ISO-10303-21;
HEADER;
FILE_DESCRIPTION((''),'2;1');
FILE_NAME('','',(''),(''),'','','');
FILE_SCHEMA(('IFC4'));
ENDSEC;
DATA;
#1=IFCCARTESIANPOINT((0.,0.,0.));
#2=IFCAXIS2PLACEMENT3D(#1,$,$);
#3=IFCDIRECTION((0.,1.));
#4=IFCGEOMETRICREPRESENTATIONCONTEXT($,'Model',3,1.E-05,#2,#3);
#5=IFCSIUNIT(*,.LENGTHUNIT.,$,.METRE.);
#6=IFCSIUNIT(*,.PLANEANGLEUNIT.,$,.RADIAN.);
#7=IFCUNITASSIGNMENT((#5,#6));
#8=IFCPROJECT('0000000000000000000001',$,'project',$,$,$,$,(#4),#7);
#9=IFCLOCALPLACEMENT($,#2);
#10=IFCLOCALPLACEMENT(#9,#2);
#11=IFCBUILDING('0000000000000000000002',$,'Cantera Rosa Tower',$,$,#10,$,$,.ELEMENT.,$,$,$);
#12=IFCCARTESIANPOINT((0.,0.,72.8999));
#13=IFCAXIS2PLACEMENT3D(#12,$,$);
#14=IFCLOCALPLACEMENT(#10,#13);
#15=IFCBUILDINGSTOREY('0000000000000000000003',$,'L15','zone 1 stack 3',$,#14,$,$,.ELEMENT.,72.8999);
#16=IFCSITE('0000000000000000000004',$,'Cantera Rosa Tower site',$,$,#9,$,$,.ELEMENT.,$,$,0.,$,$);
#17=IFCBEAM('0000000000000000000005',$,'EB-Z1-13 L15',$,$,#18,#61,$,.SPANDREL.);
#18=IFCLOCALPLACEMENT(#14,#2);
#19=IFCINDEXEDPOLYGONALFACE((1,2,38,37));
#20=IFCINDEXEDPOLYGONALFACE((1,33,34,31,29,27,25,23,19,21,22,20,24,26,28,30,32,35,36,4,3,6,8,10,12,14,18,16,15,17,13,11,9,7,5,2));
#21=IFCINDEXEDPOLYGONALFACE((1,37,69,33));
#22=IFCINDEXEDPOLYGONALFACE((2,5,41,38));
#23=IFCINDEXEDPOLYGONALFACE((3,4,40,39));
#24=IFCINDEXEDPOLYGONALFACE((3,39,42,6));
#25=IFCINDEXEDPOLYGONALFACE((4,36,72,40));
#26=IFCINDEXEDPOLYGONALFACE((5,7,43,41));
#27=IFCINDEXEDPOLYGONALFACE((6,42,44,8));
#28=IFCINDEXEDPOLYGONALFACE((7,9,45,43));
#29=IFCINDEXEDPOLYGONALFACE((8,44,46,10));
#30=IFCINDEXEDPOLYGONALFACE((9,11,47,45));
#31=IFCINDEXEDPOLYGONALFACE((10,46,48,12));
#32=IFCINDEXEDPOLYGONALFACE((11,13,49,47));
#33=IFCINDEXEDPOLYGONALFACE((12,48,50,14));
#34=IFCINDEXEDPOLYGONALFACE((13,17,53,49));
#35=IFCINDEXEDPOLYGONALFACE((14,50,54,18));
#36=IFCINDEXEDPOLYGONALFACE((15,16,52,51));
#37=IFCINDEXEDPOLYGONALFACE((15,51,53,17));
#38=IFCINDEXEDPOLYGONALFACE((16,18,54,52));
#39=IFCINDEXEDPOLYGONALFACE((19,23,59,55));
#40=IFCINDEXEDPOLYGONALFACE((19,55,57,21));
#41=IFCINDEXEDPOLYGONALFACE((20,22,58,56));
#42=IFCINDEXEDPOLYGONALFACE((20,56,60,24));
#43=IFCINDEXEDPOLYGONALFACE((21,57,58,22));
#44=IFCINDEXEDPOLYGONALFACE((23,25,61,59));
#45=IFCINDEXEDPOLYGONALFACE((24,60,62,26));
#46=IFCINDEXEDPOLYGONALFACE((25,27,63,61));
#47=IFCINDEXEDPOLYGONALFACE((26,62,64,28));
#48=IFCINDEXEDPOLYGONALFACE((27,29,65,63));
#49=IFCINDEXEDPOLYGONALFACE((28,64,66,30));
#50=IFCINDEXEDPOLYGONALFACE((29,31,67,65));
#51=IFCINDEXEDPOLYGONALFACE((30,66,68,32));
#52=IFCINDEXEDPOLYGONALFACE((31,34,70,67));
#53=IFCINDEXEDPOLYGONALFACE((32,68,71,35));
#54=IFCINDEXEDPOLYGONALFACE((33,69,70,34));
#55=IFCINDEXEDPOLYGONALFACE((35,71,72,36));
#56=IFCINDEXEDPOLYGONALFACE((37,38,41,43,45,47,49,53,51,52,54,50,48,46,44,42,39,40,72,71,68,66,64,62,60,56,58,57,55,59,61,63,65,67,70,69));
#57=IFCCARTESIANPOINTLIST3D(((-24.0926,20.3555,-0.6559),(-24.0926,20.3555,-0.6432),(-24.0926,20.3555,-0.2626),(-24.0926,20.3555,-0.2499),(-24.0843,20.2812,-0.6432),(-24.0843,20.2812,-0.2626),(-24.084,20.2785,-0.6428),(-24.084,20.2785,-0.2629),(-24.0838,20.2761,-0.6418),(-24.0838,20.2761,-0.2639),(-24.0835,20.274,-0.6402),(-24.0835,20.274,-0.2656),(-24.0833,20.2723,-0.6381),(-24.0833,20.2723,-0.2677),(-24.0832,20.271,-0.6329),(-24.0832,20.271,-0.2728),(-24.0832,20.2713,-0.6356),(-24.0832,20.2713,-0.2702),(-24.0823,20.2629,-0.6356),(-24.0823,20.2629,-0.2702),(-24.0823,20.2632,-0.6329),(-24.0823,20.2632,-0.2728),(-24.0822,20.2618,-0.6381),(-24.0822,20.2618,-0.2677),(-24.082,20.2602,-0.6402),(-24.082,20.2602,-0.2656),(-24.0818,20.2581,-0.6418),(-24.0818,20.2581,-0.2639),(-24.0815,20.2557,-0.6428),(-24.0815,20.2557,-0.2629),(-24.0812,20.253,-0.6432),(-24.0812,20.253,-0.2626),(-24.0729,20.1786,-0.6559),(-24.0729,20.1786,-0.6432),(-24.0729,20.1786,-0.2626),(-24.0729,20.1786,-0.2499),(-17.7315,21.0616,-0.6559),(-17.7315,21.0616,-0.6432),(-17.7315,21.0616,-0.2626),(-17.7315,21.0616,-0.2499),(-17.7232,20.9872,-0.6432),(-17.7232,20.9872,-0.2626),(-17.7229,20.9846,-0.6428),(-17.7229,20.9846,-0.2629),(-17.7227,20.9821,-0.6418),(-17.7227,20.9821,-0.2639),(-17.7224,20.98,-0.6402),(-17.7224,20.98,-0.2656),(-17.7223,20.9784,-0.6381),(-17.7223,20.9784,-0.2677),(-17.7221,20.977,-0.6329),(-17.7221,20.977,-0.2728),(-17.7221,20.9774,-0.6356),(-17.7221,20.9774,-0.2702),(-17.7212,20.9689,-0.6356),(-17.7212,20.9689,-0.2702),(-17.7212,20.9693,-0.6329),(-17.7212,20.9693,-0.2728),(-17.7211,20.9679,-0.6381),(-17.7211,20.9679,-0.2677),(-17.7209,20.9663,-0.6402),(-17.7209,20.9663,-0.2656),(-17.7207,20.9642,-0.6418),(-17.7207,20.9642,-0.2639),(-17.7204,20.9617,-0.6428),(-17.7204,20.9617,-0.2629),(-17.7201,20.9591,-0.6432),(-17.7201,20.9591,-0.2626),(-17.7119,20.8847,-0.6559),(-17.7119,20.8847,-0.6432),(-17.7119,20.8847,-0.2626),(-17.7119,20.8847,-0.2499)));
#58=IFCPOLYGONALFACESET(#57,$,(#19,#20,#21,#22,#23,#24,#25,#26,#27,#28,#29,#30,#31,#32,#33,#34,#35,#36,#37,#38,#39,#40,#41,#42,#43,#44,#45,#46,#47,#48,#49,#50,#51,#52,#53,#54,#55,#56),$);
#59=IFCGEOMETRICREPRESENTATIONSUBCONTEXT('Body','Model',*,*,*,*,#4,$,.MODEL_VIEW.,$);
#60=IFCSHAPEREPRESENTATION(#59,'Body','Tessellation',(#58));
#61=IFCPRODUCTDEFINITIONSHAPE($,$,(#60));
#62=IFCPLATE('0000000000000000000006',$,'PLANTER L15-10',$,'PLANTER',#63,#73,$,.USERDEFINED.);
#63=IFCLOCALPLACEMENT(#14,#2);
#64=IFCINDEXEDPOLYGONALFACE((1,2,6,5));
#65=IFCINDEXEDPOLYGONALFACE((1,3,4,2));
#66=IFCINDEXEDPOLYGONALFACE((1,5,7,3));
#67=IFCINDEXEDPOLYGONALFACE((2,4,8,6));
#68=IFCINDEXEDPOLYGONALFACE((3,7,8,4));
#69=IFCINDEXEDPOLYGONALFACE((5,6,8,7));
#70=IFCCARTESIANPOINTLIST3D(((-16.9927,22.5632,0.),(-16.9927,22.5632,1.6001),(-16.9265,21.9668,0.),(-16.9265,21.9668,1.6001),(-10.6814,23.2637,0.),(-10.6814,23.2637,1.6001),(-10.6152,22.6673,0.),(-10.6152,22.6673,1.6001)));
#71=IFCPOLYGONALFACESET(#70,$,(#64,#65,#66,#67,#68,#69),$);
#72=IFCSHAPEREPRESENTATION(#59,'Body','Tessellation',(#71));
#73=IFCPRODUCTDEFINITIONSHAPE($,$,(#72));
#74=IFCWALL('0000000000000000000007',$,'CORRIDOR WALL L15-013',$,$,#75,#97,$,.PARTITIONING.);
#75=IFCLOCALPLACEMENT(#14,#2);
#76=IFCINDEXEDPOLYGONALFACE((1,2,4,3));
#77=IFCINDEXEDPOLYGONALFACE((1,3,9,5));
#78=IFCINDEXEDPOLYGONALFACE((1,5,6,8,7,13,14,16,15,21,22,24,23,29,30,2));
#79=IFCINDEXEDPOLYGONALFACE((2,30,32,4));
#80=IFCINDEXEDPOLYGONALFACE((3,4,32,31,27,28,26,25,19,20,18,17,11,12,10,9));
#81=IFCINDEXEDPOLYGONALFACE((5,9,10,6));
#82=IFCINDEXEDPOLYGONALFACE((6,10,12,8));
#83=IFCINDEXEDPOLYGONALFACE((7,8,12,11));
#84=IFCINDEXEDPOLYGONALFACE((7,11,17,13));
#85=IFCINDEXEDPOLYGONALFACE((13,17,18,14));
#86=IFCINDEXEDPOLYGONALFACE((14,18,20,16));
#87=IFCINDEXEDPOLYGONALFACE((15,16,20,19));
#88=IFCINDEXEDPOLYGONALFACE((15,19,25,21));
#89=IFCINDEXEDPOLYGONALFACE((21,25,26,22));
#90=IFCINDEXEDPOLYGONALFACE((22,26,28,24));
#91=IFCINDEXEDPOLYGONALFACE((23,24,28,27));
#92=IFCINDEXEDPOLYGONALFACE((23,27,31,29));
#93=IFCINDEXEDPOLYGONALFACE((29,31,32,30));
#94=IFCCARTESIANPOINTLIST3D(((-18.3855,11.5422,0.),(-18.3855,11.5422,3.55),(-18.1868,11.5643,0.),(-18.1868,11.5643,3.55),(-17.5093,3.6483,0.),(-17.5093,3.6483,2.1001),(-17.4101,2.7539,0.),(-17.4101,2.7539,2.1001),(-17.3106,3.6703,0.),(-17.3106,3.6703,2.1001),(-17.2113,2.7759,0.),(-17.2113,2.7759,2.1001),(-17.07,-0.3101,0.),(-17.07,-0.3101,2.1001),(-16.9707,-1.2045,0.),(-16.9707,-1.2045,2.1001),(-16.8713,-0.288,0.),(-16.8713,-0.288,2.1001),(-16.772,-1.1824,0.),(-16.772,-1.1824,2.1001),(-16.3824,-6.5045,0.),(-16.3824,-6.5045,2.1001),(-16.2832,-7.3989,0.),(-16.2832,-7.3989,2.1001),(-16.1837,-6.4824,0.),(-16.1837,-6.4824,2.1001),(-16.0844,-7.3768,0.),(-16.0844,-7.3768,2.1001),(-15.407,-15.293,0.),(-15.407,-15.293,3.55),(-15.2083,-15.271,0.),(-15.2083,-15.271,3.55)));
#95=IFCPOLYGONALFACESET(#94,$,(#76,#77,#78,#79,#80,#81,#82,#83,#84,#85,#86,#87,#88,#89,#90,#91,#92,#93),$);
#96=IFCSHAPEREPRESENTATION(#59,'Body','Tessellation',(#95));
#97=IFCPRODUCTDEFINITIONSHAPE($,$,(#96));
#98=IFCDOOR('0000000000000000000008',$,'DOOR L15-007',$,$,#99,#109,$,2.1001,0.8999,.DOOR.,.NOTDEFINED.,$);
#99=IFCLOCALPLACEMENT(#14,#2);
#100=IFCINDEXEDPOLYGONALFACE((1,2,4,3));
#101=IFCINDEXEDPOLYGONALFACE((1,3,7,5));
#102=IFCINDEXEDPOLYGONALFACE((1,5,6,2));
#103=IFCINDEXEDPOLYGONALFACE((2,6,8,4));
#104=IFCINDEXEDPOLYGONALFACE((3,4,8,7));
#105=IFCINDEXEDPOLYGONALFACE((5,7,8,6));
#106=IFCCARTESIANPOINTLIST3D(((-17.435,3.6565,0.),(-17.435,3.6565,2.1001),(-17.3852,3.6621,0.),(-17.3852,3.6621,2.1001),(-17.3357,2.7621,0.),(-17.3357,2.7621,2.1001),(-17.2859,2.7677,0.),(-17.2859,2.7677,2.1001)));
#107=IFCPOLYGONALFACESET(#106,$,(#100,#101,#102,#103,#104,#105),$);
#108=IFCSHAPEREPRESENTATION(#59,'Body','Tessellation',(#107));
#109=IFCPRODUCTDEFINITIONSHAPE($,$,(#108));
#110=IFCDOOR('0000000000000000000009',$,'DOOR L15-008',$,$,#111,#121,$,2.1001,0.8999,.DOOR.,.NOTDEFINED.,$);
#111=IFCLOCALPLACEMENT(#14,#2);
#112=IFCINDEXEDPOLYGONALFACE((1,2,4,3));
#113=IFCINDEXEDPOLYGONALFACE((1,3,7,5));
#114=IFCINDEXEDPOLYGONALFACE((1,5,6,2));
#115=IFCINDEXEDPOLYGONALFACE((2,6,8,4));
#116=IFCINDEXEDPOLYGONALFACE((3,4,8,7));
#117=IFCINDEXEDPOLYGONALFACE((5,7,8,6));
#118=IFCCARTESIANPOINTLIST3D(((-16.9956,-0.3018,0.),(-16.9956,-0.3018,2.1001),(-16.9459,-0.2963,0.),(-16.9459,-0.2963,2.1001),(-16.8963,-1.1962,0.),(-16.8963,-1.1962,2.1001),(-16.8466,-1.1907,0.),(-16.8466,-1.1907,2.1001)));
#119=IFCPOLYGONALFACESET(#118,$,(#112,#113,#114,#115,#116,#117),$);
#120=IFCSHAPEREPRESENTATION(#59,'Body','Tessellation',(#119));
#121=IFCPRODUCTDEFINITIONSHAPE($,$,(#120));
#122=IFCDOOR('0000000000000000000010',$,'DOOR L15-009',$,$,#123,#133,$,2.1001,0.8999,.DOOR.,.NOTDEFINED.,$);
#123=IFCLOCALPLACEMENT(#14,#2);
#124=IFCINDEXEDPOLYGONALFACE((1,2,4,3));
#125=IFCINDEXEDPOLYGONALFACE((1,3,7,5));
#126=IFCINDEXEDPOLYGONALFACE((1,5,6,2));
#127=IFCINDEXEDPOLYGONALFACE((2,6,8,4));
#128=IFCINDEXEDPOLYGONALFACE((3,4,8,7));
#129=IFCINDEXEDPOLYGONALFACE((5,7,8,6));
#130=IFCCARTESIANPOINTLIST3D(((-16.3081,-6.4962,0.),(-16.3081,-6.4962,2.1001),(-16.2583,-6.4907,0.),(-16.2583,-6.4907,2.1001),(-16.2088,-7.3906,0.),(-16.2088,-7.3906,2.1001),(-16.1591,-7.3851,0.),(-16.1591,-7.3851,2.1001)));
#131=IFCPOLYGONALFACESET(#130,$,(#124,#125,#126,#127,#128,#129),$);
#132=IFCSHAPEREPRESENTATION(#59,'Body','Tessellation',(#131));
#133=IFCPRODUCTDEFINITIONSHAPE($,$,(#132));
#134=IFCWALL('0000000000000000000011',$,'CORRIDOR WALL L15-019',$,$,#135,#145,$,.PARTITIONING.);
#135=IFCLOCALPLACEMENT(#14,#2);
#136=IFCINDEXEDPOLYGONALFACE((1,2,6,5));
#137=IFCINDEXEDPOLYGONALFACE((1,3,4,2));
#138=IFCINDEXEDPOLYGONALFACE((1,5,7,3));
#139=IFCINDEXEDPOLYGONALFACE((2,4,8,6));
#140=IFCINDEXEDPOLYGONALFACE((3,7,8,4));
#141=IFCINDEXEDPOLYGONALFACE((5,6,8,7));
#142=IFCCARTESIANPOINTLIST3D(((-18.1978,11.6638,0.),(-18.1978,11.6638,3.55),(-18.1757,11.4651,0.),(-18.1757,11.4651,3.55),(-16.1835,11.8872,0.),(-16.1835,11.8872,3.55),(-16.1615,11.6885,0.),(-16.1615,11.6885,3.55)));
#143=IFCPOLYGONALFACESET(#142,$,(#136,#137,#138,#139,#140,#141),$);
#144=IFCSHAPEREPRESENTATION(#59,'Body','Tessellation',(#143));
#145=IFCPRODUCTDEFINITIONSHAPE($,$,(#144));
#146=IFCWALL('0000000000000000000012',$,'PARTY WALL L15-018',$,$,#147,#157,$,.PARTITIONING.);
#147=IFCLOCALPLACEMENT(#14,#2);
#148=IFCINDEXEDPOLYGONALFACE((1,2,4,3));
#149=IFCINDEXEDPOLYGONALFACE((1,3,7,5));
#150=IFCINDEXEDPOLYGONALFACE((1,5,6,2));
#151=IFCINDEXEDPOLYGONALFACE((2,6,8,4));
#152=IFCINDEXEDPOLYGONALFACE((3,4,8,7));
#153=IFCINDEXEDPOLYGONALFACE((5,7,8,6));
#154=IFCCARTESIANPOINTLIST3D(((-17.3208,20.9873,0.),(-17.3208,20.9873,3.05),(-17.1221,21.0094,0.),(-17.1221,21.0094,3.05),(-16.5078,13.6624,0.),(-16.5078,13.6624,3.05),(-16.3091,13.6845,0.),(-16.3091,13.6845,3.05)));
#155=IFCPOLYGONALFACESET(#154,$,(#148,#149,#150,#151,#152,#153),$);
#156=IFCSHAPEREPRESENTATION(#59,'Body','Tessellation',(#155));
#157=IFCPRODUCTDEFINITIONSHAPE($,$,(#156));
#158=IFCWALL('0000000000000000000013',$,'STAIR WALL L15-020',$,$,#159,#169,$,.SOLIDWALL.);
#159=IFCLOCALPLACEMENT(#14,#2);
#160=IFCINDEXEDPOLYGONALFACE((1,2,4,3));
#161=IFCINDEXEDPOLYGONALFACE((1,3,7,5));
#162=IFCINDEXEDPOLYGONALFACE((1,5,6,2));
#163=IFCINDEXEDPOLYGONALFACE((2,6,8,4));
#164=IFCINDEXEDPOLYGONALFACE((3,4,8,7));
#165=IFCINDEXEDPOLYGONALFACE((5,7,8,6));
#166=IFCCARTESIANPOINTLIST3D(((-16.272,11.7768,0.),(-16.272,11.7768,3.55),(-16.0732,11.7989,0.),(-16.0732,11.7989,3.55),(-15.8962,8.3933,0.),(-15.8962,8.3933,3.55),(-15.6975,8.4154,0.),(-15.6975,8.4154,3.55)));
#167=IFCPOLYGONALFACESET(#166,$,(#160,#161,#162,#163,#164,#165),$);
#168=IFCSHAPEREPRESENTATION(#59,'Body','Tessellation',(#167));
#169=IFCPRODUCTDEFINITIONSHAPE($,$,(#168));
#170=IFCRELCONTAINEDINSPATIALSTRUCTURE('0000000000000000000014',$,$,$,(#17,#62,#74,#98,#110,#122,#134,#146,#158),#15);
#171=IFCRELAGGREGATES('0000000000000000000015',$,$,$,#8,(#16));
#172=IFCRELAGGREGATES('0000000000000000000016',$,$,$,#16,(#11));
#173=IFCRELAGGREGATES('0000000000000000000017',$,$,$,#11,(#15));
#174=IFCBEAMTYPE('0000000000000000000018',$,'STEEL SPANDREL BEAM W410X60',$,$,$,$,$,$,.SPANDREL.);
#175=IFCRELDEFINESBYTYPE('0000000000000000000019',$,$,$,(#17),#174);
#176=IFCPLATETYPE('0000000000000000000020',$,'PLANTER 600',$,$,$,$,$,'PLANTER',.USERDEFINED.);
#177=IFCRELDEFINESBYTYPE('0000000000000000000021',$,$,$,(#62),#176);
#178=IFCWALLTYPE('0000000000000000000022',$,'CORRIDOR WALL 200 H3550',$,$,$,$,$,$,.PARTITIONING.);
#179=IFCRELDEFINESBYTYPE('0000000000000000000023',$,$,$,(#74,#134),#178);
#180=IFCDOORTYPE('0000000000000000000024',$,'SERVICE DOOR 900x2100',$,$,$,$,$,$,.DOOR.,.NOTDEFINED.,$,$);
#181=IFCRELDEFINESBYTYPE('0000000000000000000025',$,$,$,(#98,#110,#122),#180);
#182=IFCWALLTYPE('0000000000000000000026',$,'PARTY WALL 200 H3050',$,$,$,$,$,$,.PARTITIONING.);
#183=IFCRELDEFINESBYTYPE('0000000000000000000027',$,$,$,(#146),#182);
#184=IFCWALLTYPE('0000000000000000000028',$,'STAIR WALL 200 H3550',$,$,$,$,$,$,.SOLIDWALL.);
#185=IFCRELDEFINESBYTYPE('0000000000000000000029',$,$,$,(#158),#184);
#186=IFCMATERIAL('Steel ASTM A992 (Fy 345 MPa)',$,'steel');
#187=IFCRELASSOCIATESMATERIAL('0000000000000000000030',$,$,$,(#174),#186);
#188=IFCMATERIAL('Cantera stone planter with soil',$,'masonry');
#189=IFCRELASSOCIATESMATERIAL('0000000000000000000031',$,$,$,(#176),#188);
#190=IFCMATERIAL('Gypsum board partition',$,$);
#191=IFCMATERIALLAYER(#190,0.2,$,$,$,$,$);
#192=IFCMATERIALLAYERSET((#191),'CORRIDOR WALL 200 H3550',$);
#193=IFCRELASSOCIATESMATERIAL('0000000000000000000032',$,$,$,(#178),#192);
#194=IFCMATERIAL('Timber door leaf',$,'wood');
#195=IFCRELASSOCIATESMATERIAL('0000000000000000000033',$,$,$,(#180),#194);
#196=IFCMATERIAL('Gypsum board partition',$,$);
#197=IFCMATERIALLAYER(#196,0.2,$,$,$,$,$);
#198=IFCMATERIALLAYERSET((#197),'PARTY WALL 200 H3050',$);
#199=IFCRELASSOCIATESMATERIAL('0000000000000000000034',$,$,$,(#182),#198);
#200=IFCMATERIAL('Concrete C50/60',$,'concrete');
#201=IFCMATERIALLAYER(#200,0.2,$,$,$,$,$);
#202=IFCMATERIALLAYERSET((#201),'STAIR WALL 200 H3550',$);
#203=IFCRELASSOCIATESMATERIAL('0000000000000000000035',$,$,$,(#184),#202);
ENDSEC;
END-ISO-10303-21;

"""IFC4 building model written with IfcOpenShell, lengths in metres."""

from ifc_helpers import new_model, si_unit, direction, frame, frame_2d, origin, origin_2d, place, context, subcontext, project, spatial, rectangle, i_section, extrude, material, layer, layer_set, material_profile, profile_set, type_object, element, fill, save


model = new_model("IFC4")

# Units and contexts
model_context = context("Model", 3, precision=1e-05, world=origin(), true_north=direction((0.0, 1.0)))
body_context = subcontext(model_context, "Body", "Model", "MODEL_VIEW")
ifc_project = project(units=[si_unit("LENGTHUNIT", "METRE"), si_unit("PLANEANGLEUNIT", "RADIAN")], contexts=[model_context])

# Site, building, storey
site_placement = place(None, origin())
site = spatial("IfcSite", under=ifc_project, at=site_placement, Name="Cantera Rosa Tower site", CompositionType="ELEMENT", RefElevation=0.0)
building_placement = place(site_placement, origin())
building = spatial("IfcBuilding", under=site, at=building_placement, Name="Cantera Rosa Tower", CompositionType="ELEMENT")
storey_placement = place(building_placement, frame((0.0, 0.0, 72.8999)))
storey = spatial("IfcBuildingStorey", under=building, at=storey_placement, Name="L15", Description="zone 1 stack 3", CompositionType="ELEMENT", Elevation=72.8999)

# Beam
ifc_material_1 = material(Name="Steel ASTM A992 (Fy 345 MPa)", Category="steel")
ifc_material_profile_1 = material_profile(ifc_material_1, i_section(OverallWidth=0.178, OverallDepth=0.406, WebThickness=0.0078, FlangeThickness=0.0127, FilletRadius=0.0103, at=origin_2d()), Name="W410X60")
ifc_profile_set_1 = profile_set([ifc_material_profile_1], Name="Steel ASTM A992 (Fy 345 MPa)")
beam_type_1 = type_object("IfcBeamType", Name="STEEL SPANDREL BEAM W410X60", PredefinedType="SPANDREL", material=ifc_profile_set_1)
beam_1_placement = place(storey_placement, frame((-17.7217, 20.9731, -0.4529), z_axis=(-0.993896, -0.110318, 0.0), x_axis=(0.110318, -0.993896, 0.0)))
element("IfcBeam", 1, at=beam_1_placement, inside=storey, type_object=beam_type_1, Name="EB-Z1-13 L15", PredefinedType="SPANDREL", context=body_context, shape_type="SweptSolid", body=[
    extrude(i_section(OverallWidth=0.178, OverallDepth=0.406, WebThickness=0.0078, FlangeThickness=0.0127, FilletRadius=0.0103, at=origin_2d()), origin(), (0.0, 0.0, 1.0), 6.4001),
])

# Plate
ifc_material_2 = material(Name="Cantera stone planter with soil", Category="masonry")
plate_type = type_object("IfcPlateType", Name="PLANTER 600", ElementType="PLANTER", PredefinedType="USERDEFINED", material=ifc_material_2)
plate_placement = place(storey_placement, frame((-13.804, 22.6152, 0.0), z_axis=(0.0, 0.0, 1.0), x_axis=(-0.993897, -0.110313, 0.0)))
element("IfcPlate", 2, at=plate_placement, inside=storey, type_object=plate_type, Name="PLANTER L15-10", ObjectType="PLANTER", PredefinedType="USERDEFINED", context=body_context, shape_type="SweptSolid", body=[
    extrude(rectangle(XDim=6.3501, YDim=0.6001, at=origin_2d()), origin(), (0.0, 0.0, 1.0), 1.6001),
])

# Wall, openings, doors
ifc_material_3 = material(Name="Gypsum board partition")
ifc_layer_1 = layer(ifc_material_3, 0.2)
ifc_layer_set_1 = layer_set([ifc_layer_1], Name="CORRIDOR WALL 200 H3550")
wall_type_1 = type_object("IfcWallType", Name="CORRIDOR WALL 200 H3550", PredefinedType="PARTITIONING", material=ifc_layer_set_1)
wall_1_placement = place(storey_placement, frame((-18.2861, 11.5532, 0.0), z_axis=(0.0, 0.0, 1.0), x_axis=(0.110315, -0.993897, 0.0)))
wall_1 = element("IfcWall", 3, at=wall_1_placement, inside=storey, type_object=wall_type_1, Name="CORRIDOR WALL L15-013", PredefinedType="PARTITIONING", context=body_context, shape_type="SweptSolid", body=[
    extrude(rectangle(XDim=27.0, YDim=0.2, at=frame_2d((13.5, 0.0))), origin(), (0.0, 0.0, 1.0), 3.55),
])
opening_1_placement = place(wall_1_placement, frame((7.9424, 0.0, 0.0)))
opening_1 = element("IfcOpeningElement", 4, at=opening_1_placement, cuts=wall_1, PredefinedType="OPENING", context=body_context, shape_type="SweptSolid", body=[
    extrude(rectangle(XDim=0.8999, YDim=2.1001, at=frame_2d((0.45, 1.05))), frame((0.0, 0.1099, 0.0), z_axis=(0.0, -1.0, 0.0), x_axis=(1.0, 0.0, 0.0)), (0.0, 0.0, 1.0), 0.22),
])
opening_2_placement = place(wall_1_placement, frame((11.925, 0.0, 0.0)))
opening_2 = element("IfcOpeningElement", 5, at=opening_2_placement, cuts=wall_1, PredefinedType="OPENING", context=body_context, shape_type="SweptSolid", body=[
    extrude(rectangle(XDim=0.8999, YDim=2.1001, at=frame_2d((0.45, 1.05))), frame((0.0, 0.1099, 0.0), z_axis=(0.0, -1.0, 0.0), x_axis=(1.0, 0.0, 0.0)), (0.0, 0.0, 1.0), 0.22),
])
opening_3_placement = place(wall_1_placement, frame((18.1575, 0.0, 0.0)))
opening_3 = element("IfcOpeningElement", 6, at=opening_3_placement, cuts=wall_1, PredefinedType="OPENING", context=body_context, shape_type="SweptSolid", body=[
    extrude(rectangle(XDim=0.8999, YDim=2.1001, at=frame_2d((0.45, 1.05))), frame((0.0, 0.1099, 0.0), z_axis=(0.0, -1.0, 0.0), x_axis=(1.0, 0.0, 0.0)), (0.0, 0.0, 1.0), 0.22),
])
ifc_material_4 = material(Name="Timber door leaf", Category="wood")
door_type_1 = type_object("IfcDoorType", Name="SERVICE DOOR 900x2100", OperationType="NOTDEFINED", PredefinedType="DOOR", material=ifc_material_4)
door_1_placement = place(opening_1_placement, origin())
door_1 = element("IfcDoor", 7, at=door_1_placement, inside=storey, type_object=door_type_1, Name="DOOR L15-007", OperationType="NOTDEFINED", OverallHeight=2.1001, OverallWidth=0.8999, PredefinedType="DOOR", context=body_context, shape_type="SweptSolid", body=[
    extrude(rectangle(XDim=0.8999, YDim=2.1001, at=frame_2d((0.45, 1.05))), frame((0.0, 0.0249, 0.0), z_axis=(0.0, -1.0, 0.0), x_axis=(1.0, 0.0, 0.0)), (0.0, 0.0, 1.0), 0.05),
])
fill(opening_1, door_1)
door_2_placement = place(opening_2_placement, origin())
door_2 = element("IfcDoor", 8, at=door_2_placement, inside=storey, type_object=door_type_1, Name="DOOR L15-008", OperationType="NOTDEFINED", OverallHeight=2.1001, OverallWidth=0.8999, PredefinedType="DOOR", context=body_context, shape_type="SweptSolid", body=[
    extrude(rectangle(XDim=0.8999, YDim=2.1001, at=frame_2d((0.45, 1.05))), frame((0.0, 0.0249, 0.0), z_axis=(0.0, -1.0, 0.0), x_axis=(1.0, 0.0, 0.0)), (0.0, 0.0, 1.0), 0.05),
])
fill(opening_2, door_2)
door_3_placement = place(opening_3_placement, origin())
door_3 = element("IfcDoor", 9, at=door_3_placement, inside=storey, type_object=door_type_1, Name="DOOR L15-009", OperationType="NOTDEFINED", OverallHeight=2.1001, OverallWidth=0.8999, PredefinedType="DOOR", context=body_context, shape_type="SweptSolid", body=[
    extrude(rectangle(XDim=0.8999, YDim=2.1001, at=frame_2d((0.45, 1.05))), frame((0.0, 0.0249, 0.0), z_axis=(0.0, -1.0, 0.0), x_axis=(1.0, 0.0, 0.0)), (0.0, 0.0, 1.0), 0.05),
])
fill(opening_3, door_3)

# Wall
wall_2_placement = place(storey_placement, frame((-16.1726, 11.7878, 0.0), z_axis=(0.0, 0.0, 1.0), x_axis=(-0.993906, -0.110233, 0.0)))
element("IfcWall", 10, at=wall_2_placement, inside=storey, type_object=wall_type_1, Name="CORRIDOR WALL L15-019", PredefinedType="PARTITIONING", context=body_context, shape_type="SweptSolid", body=[
    extrude(rectangle(XDim=2.0266, YDim=0.2, at=frame_2d((1.0132, 0.0))), origin(), (0.0, 0.0, 1.0), 3.55),
])

# Walls
ifc_material_5 = material(Name="Gypsum board partition")
ifc_layer_2 = layer(ifc_material_5, 0.2)
ifc_layer_set_2 = layer_set([ifc_layer_2], Name="PARTY WALL 200 H3050")
wall_type_2 = type_object("IfcWallType", Name="PARTY WALL 200 H3050", PredefinedType="PARTITIONING", material=ifc_layer_set_2)
wall_3_placement = place(storey_placement, frame((-16.4084, 13.6733, 0.0), z_axis=(0.0, 0.0, 1.0), x_axis=(-0.110312, 0.993897, 0.0)))
element("IfcWall", 11, at=wall_3_placement, inside=storey, type_object=wall_type_2, Name="PARTY WALL L15-018", PredefinedType="PARTITIONING", context=body_context, shape_type="SweptSolid", body=[
    extrude(rectangle(XDim=7.3699, YDim=0.2, at=frame_2d((3.6851, 0.0))), origin(), (0.0, 0.0, 1.0), 3.05),
])
ifc_material_6 = material(Name="Concrete C50/60", Category="concrete")
ifc_layer_3 = layer(ifc_material_6, 0.2)
ifc_layer_set_3 = layer_set([ifc_layer_3], Name="STAIR WALL 200 H3550")
wall_type_3 = type_object("IfcWallType", Name="STAIR WALL 200 H3550", PredefinedType="SOLIDWALL", material=ifc_layer_set_3)
wall_4_placement = place(storey_placement, frame((-16.1726, 11.7878, 0.0), z_axis=(0.0, 0.0, 1.0), x_axis=(0.110369, -0.993891, 0.0)))
element("IfcWall", 12, at=wall_4_placement, inside=storey, type_object=wall_type_3, Name="STAIR WALL L15-020", PredefinedType="SOLIDWALL", context=body_context, shape_type="SweptSolid", body=[
    extrude(rectangle(XDim=3.4043, YDim=0.2, at=frame_2d((1.7021, 0.0))), origin(), (0.0, 0.0, 1.0), 3.55),
])

save(model, "model.ifc")
